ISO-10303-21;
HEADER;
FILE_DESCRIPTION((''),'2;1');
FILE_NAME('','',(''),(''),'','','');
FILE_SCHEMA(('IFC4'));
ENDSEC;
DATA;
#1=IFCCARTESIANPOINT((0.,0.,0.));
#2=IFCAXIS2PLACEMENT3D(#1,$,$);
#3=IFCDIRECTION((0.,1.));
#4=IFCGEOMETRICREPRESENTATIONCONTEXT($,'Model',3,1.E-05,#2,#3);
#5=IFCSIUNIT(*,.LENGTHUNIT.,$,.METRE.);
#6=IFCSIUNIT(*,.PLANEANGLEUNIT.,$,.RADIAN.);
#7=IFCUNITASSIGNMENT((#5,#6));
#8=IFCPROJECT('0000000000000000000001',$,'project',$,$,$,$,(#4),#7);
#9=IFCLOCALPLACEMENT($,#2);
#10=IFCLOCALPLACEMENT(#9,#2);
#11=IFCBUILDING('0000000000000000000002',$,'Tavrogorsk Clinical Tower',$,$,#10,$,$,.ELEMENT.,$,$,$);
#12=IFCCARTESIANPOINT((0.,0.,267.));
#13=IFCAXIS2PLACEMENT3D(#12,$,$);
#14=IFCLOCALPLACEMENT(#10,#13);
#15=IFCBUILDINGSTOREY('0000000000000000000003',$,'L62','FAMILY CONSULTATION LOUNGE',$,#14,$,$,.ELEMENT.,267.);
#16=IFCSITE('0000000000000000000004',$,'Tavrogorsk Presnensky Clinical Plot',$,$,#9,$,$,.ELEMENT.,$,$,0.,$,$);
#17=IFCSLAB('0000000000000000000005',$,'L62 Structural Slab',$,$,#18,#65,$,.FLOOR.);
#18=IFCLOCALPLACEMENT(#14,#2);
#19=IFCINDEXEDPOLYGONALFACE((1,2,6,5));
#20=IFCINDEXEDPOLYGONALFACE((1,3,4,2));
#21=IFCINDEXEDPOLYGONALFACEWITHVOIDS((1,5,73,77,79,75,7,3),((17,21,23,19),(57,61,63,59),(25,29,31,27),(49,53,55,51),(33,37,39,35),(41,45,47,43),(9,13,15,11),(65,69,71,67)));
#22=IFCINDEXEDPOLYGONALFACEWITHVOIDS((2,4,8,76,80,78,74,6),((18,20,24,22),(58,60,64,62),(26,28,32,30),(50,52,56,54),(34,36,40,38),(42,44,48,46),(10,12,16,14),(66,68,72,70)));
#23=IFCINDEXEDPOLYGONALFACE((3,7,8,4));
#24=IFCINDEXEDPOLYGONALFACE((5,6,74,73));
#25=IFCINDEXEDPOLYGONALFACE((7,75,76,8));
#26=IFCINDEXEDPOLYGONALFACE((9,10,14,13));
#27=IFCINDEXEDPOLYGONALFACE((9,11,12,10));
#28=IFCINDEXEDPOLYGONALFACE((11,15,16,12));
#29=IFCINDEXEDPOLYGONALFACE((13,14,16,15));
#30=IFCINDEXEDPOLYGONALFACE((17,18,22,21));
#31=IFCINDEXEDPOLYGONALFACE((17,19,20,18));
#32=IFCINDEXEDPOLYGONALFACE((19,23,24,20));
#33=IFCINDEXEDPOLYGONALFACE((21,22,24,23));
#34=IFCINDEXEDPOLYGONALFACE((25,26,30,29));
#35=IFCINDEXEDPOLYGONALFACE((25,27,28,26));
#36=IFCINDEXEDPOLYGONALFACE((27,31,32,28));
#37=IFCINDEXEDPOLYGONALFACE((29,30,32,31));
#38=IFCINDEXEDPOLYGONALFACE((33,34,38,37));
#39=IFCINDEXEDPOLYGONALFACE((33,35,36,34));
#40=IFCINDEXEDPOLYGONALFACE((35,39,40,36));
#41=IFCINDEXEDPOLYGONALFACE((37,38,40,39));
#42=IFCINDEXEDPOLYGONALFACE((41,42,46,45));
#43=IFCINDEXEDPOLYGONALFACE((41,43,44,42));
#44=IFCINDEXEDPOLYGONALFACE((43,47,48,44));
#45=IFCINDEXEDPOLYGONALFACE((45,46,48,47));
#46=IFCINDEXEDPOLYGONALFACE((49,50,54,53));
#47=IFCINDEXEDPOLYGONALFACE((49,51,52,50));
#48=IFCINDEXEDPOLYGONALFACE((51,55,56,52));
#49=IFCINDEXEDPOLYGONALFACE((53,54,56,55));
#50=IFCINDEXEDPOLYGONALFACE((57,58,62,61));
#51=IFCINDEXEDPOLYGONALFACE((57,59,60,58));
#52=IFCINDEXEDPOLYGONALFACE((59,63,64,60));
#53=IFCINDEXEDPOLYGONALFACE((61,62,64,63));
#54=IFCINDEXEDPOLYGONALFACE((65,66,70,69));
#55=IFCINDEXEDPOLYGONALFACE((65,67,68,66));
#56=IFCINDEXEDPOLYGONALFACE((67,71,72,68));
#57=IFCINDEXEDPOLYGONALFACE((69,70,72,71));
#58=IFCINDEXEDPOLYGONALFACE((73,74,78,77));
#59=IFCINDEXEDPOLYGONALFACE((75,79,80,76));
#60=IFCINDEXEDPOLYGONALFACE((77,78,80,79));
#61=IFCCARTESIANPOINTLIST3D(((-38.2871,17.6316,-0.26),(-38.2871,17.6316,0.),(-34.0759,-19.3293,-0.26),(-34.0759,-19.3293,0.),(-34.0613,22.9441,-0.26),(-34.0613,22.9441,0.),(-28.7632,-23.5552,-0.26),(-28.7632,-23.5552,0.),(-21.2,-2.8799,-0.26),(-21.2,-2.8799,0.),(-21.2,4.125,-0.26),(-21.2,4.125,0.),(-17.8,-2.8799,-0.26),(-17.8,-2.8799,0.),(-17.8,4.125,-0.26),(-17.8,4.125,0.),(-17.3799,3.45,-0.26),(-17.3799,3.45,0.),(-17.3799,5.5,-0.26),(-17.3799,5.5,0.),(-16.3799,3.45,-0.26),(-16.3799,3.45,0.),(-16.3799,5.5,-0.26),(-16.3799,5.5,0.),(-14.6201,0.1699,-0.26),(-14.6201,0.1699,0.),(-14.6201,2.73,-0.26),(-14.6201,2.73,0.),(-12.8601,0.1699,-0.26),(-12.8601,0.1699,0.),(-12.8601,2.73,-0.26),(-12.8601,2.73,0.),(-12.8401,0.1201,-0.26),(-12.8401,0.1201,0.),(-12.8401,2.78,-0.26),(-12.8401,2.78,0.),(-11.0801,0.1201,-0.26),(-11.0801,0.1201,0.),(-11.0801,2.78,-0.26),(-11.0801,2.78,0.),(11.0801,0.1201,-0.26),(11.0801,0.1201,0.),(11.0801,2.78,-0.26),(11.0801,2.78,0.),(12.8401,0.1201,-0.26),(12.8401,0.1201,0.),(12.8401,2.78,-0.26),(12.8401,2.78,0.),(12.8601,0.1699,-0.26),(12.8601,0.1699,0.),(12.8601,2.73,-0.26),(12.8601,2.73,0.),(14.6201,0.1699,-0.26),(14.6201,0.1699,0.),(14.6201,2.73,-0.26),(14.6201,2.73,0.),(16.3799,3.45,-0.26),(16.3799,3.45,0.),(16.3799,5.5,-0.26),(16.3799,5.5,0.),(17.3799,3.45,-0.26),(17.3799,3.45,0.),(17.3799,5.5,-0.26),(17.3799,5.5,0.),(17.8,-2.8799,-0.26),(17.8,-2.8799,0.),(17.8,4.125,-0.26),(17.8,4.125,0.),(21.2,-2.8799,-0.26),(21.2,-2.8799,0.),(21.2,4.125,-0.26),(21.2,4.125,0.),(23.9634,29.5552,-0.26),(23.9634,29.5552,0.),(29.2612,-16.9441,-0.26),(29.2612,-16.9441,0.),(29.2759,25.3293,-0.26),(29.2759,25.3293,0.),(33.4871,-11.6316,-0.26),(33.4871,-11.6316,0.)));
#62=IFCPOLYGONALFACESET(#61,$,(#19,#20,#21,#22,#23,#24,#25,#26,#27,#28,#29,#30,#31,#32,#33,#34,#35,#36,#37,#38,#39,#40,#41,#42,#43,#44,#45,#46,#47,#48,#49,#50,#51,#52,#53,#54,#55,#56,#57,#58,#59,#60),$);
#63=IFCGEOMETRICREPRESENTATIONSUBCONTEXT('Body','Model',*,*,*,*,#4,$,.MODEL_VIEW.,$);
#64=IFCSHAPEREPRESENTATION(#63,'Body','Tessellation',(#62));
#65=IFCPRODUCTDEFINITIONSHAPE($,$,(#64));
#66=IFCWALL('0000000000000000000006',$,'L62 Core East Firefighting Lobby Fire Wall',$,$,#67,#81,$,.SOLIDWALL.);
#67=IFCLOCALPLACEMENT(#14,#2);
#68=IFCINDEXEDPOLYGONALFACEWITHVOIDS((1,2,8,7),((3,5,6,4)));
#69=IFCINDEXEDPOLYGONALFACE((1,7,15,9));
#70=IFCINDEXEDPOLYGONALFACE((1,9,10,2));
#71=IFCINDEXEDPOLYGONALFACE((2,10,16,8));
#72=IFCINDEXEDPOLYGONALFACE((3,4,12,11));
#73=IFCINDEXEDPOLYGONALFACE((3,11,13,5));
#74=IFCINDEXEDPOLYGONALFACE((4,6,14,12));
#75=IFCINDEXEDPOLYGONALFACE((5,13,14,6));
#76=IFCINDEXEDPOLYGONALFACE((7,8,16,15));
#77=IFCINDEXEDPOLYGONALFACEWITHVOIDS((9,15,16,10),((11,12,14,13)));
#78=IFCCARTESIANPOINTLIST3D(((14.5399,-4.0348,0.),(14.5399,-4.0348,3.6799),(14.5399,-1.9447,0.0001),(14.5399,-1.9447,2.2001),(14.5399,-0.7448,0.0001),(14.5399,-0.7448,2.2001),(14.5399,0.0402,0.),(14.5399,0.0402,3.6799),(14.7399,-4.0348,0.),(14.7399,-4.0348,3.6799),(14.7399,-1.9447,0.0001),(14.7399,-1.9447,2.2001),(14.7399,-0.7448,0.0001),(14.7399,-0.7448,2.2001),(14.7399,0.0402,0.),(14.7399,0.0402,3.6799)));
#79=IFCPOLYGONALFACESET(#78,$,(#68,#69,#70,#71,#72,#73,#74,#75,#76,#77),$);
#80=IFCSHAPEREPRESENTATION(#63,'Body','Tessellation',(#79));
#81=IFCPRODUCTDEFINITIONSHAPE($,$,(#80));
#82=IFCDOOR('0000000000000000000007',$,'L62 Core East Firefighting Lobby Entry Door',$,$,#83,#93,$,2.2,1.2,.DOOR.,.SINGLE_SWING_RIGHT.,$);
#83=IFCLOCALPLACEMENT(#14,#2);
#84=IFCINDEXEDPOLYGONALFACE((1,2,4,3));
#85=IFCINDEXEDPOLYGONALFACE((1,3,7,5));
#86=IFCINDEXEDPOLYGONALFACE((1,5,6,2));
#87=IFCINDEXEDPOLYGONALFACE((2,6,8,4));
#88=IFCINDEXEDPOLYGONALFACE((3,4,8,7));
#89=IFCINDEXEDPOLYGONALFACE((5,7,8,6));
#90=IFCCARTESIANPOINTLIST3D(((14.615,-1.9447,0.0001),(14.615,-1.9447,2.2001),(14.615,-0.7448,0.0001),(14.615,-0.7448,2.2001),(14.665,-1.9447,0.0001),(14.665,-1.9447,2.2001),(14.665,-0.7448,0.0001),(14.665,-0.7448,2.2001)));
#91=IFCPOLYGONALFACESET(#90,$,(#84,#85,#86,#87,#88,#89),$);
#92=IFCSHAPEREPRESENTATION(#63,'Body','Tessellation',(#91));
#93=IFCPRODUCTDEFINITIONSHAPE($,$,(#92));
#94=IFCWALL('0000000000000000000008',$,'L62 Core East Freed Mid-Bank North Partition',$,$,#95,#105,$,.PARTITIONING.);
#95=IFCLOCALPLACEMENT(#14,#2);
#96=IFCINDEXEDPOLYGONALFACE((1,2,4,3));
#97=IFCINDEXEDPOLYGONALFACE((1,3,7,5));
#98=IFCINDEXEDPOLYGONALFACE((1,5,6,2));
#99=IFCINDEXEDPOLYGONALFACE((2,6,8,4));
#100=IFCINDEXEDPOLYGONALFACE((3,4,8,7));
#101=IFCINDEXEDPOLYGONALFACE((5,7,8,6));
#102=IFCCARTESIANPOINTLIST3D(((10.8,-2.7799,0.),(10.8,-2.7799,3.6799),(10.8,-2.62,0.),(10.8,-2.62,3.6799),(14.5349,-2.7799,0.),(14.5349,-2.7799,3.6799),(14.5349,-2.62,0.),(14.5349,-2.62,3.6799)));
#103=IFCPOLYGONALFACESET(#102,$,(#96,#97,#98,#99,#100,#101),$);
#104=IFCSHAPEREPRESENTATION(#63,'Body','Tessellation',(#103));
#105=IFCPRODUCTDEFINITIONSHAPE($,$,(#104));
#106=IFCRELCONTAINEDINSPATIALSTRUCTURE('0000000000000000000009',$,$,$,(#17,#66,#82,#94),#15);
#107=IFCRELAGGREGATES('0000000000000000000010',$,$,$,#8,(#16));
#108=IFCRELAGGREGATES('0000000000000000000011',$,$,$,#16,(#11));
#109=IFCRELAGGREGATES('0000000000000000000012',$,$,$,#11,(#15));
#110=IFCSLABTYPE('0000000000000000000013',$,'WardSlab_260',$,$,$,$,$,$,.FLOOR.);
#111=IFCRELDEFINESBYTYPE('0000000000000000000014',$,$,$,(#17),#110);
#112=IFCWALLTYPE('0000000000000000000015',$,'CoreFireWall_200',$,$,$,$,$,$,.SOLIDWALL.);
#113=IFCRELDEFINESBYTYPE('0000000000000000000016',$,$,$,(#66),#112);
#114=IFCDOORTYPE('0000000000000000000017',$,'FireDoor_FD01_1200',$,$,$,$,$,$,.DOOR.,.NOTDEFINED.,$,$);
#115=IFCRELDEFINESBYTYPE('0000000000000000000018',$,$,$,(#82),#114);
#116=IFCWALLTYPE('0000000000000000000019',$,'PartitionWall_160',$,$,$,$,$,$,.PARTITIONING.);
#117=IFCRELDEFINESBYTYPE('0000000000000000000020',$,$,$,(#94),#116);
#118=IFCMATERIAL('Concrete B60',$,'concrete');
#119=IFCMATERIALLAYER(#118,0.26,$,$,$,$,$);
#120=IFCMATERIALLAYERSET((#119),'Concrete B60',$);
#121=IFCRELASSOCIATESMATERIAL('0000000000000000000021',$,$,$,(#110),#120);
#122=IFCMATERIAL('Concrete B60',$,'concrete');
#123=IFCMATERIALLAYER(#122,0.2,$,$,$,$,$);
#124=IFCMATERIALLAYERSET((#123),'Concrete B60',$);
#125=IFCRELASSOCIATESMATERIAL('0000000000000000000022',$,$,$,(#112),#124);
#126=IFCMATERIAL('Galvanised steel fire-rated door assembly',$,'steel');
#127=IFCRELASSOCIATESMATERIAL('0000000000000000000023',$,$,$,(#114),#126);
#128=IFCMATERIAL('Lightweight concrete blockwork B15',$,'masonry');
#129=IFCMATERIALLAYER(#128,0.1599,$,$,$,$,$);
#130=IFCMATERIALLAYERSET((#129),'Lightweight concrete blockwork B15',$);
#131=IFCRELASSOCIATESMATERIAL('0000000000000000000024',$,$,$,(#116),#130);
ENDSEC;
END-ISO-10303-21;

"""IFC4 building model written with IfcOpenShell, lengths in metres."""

from ifc_helpers import new_model, si_unit, direction, frame, frame_2d, origin, place, context, subcontext, project, spatial, polyline, rectangle, outline, extrude, material, layer, layer_set, type_object, element, fill, save


model = new_model("IFC4")

# Units and contexts
model_context = context("Model", 3, precision=1e-05, world=origin(), true_north=direction((0.0, 1.0)))
body_context = subcontext(model_context, "Body", "Model", "MODEL_VIEW")
ifc_project = project(units=[si_unit("LENGTHUNIT", "METRE"), si_unit("PLANEANGLEUNIT", "RADIAN")], contexts=[model_context])

# Site, building, storey
site_placement = place(None, origin())
site = spatial("IfcSite", under=ifc_project, at=site_placement, Name="Tavrogorsk Presnensky Clinical Plot", CompositionType="ELEMENT", RefElevation=0.0)
building_placement = place(site_placement, origin())
building = spatial("IfcBuilding", under=site, at=building_placement, Name="Tavrogorsk Clinical Tower", CompositionType="ELEMENT")
storey_placement = place(building_placement, frame((0.0, 0.0, 267.0)))
storey = spatial("IfcBuildingStorey", under=building, at=storey_placement, Name="L62", Description="FAMILY CONSULTATION LOUNGE", CompositionType="ELEMENT", Elevation=267.0)

# Slab
ifc_material_1 = material(Name="Concrete B60", Category="concrete")
ifc_layer_1 = layer(ifc_material_1, 0.26)
ifc_layer_set_1 = layer_set([ifc_layer_1], Name="Concrete B60")
slab_type_1 = type_object("IfcSlabType", Name="WardSlab_260", PredefinedType="FLOOR", material=ifc_layer_set_1)
slab_1_placement = place(storey_placement, frame((0.0, 0.0, -0.26)))
element("IfcSlab", 1, at=slab_1_placement, inside=storey, type_object=slab_type_1, Name="L62 Structural Slab", PredefinedType="FLOOR", context=body_context, shape_type="SweptSolid", body=[
    extrude(outline(polyline([(-28.7632, -23.5552), (29.2612, -16.9441), (33.4871, -11.6316), (29.2759, 25.3293), (23.9634, 29.5552), (-34.0613, 22.9441), (-38.2871, 17.6316), (-34.0759, -19.3293), (-28.7632, -23.5552)]), holes=[polyline([(-17.8, -2.8799), (-17.8, 4.125), (-21.2, 4.125), (-21.2, -2.8799), (-17.8, -2.8799)]), polyline([(21.2, -2.8799), (21.2, 4.125), (17.8, 4.125), (17.8, -2.8799), (21.2, -2.8799)]), polyline([(-14.6201, 0.1699), (-12.8601, 0.1699), (-12.8601, 2.73), (-14.6201, 2.73), (-14.6201, 0.1699)]), polyline([(-12.8401, 0.1201), (-11.0801, 0.1201), (-11.0801, 2.78), (-12.8401, 2.78), (-12.8401, 0.1201)]), polyline([(12.8601, 0.1699), (14.6201, 0.1699), (14.6201, 2.73), (12.8601, 2.73), (12.8601, 0.1699)]), polyline([(11.0801, 0.1201), (12.8401, 0.1201), (12.8401, 2.78), (11.0801, 2.78), (11.0801, 0.1201)]), polyline([(-17.3799, 3.45), (-16.3799, 3.45), (-16.3799, 5.5), (-17.3799, 5.5), (-17.3799, 3.45)]), polyline([(16.3799, 3.45), (17.3799, 3.45), (17.3799, 5.5), (16.3799, 5.5), (16.3799, 3.45)])]), origin(), (0.0, 0.0, 1.0), 0.26),
])

# Wall, opening, door
ifc_material_2 = material(Name="Concrete B60", Category="concrete")
ifc_layer_2 = layer(ifc_material_2, 0.2)
ifc_layer_set_2 = layer_set([ifc_layer_2], Name="Concrete B60")
wall_type_1 = type_object("IfcWallType", Name="CoreFireWall_200", PredefinedType="SOLIDWALL", material=ifc_layer_set_2)
wall_1_placement = place(storey_placement, frame((14.6399, -4.0349, 0.0), z_axis=(0.0, 0.0, 1.0), x_axis=(0.0, 1.0, 0.0)))
wall_1 = element("IfcWall", 2, at=wall_1_placement, inside=storey, type_object=wall_type_1, Name="L62 Core East Firefighting Lobby Fire Wall", PredefinedType="SOLIDWALL", context=body_context, shape_type="SweptSolid", body=[
    extrude(rectangle(XDim=4.075, YDim=0.2, at=frame_2d((2.0376, 0.0))), origin(), (0.0, 0.0, 1.0), 3.6799),
])
opening_1_placement = place(wall_1_placement, frame((2.0901, 0.0, 0.0)))
opening_1 = element("IfcOpeningElement", 3, at=opening_1_placement, cuts=wall_1, PredefinedType="OPENING", context=body_context, shape_type="SweptSolid", body=[
    extrude(rectangle(XDim=1.2, YDim=2.2, at=frame_2d((0.6001, 1.1001))), frame((0.0, 0.1099, 0.0), z_axis=(0.0, -1.0, 0.0), x_axis=(1.0, 0.0, 0.0)), (0.0, 0.0, 1.0), 0.22),
])
ifc_material_3 = material(Name="Galvanised steel fire-rated door assembly", Category="steel")
door_type_1 = type_object("IfcDoorType", Name="FireDoor_FD01_1200", OperationType="NOTDEFINED", PredefinedType="DOOR", material=ifc_material_3)
door_1_placement = place(opening_1_placement, origin())
door_1 = element("IfcDoor", 4, at=door_1_placement, inside=storey, type_object=door_type_1, Name="L62 Core East Firefighting Lobby Entry Door", OperationType="SINGLE_SWING_RIGHT", OverallHeight=2.2, OverallWidth=1.2, PredefinedType="DOOR", context=body_context, shape_type="SweptSolid", body=[
    extrude(rectangle(XDim=1.2, YDim=2.2, at=frame_2d((0.6001, 1.1001))), frame((0.0, 0.0249, 0.0), z_axis=(0.0, -1.0, 0.0), x_axis=(1.0, 0.0, 0.0)), (0.0, 0.0, 1.0), 0.05),
])
fill(opening_1, door_1)

# Wall
ifc_material_4 = material(Name="Lightweight concrete blockwork B15", Category="masonry")
ifc_layer_3 = layer(ifc_material_4, 0.1599)
ifc_layer_set_3 = layer_set([ifc_layer_3], Name="Lightweight concrete blockwork B15")
wall_type_2 = type_object("IfcWallType", Name="PartitionWall_160", PredefinedType="PARTITIONING", material=ifc_layer_set_3)
wall_2_placement = place(storey_placement, frame((10.8, -2.7, 0.0), z_axis=(0.0, 0.0, 1.0), x_axis=(1.0, 0.0, 0.0)))
element("IfcWall", 5, at=wall_2_placement, inside=storey, type_object=wall_type_2, Name="L62 Core East Freed Mid-Bank North Partition", PredefinedType="PARTITIONING", context=body_context, shape_type="SweptSolid", body=[
    extrude(rectangle(XDim=3.7349, YDim=0.1599, at=frame_2d((1.8674, 0.0))), origin(), (0.0, 0.0, 1.0), 3.6799),
])

save(model, "model.ifc")
